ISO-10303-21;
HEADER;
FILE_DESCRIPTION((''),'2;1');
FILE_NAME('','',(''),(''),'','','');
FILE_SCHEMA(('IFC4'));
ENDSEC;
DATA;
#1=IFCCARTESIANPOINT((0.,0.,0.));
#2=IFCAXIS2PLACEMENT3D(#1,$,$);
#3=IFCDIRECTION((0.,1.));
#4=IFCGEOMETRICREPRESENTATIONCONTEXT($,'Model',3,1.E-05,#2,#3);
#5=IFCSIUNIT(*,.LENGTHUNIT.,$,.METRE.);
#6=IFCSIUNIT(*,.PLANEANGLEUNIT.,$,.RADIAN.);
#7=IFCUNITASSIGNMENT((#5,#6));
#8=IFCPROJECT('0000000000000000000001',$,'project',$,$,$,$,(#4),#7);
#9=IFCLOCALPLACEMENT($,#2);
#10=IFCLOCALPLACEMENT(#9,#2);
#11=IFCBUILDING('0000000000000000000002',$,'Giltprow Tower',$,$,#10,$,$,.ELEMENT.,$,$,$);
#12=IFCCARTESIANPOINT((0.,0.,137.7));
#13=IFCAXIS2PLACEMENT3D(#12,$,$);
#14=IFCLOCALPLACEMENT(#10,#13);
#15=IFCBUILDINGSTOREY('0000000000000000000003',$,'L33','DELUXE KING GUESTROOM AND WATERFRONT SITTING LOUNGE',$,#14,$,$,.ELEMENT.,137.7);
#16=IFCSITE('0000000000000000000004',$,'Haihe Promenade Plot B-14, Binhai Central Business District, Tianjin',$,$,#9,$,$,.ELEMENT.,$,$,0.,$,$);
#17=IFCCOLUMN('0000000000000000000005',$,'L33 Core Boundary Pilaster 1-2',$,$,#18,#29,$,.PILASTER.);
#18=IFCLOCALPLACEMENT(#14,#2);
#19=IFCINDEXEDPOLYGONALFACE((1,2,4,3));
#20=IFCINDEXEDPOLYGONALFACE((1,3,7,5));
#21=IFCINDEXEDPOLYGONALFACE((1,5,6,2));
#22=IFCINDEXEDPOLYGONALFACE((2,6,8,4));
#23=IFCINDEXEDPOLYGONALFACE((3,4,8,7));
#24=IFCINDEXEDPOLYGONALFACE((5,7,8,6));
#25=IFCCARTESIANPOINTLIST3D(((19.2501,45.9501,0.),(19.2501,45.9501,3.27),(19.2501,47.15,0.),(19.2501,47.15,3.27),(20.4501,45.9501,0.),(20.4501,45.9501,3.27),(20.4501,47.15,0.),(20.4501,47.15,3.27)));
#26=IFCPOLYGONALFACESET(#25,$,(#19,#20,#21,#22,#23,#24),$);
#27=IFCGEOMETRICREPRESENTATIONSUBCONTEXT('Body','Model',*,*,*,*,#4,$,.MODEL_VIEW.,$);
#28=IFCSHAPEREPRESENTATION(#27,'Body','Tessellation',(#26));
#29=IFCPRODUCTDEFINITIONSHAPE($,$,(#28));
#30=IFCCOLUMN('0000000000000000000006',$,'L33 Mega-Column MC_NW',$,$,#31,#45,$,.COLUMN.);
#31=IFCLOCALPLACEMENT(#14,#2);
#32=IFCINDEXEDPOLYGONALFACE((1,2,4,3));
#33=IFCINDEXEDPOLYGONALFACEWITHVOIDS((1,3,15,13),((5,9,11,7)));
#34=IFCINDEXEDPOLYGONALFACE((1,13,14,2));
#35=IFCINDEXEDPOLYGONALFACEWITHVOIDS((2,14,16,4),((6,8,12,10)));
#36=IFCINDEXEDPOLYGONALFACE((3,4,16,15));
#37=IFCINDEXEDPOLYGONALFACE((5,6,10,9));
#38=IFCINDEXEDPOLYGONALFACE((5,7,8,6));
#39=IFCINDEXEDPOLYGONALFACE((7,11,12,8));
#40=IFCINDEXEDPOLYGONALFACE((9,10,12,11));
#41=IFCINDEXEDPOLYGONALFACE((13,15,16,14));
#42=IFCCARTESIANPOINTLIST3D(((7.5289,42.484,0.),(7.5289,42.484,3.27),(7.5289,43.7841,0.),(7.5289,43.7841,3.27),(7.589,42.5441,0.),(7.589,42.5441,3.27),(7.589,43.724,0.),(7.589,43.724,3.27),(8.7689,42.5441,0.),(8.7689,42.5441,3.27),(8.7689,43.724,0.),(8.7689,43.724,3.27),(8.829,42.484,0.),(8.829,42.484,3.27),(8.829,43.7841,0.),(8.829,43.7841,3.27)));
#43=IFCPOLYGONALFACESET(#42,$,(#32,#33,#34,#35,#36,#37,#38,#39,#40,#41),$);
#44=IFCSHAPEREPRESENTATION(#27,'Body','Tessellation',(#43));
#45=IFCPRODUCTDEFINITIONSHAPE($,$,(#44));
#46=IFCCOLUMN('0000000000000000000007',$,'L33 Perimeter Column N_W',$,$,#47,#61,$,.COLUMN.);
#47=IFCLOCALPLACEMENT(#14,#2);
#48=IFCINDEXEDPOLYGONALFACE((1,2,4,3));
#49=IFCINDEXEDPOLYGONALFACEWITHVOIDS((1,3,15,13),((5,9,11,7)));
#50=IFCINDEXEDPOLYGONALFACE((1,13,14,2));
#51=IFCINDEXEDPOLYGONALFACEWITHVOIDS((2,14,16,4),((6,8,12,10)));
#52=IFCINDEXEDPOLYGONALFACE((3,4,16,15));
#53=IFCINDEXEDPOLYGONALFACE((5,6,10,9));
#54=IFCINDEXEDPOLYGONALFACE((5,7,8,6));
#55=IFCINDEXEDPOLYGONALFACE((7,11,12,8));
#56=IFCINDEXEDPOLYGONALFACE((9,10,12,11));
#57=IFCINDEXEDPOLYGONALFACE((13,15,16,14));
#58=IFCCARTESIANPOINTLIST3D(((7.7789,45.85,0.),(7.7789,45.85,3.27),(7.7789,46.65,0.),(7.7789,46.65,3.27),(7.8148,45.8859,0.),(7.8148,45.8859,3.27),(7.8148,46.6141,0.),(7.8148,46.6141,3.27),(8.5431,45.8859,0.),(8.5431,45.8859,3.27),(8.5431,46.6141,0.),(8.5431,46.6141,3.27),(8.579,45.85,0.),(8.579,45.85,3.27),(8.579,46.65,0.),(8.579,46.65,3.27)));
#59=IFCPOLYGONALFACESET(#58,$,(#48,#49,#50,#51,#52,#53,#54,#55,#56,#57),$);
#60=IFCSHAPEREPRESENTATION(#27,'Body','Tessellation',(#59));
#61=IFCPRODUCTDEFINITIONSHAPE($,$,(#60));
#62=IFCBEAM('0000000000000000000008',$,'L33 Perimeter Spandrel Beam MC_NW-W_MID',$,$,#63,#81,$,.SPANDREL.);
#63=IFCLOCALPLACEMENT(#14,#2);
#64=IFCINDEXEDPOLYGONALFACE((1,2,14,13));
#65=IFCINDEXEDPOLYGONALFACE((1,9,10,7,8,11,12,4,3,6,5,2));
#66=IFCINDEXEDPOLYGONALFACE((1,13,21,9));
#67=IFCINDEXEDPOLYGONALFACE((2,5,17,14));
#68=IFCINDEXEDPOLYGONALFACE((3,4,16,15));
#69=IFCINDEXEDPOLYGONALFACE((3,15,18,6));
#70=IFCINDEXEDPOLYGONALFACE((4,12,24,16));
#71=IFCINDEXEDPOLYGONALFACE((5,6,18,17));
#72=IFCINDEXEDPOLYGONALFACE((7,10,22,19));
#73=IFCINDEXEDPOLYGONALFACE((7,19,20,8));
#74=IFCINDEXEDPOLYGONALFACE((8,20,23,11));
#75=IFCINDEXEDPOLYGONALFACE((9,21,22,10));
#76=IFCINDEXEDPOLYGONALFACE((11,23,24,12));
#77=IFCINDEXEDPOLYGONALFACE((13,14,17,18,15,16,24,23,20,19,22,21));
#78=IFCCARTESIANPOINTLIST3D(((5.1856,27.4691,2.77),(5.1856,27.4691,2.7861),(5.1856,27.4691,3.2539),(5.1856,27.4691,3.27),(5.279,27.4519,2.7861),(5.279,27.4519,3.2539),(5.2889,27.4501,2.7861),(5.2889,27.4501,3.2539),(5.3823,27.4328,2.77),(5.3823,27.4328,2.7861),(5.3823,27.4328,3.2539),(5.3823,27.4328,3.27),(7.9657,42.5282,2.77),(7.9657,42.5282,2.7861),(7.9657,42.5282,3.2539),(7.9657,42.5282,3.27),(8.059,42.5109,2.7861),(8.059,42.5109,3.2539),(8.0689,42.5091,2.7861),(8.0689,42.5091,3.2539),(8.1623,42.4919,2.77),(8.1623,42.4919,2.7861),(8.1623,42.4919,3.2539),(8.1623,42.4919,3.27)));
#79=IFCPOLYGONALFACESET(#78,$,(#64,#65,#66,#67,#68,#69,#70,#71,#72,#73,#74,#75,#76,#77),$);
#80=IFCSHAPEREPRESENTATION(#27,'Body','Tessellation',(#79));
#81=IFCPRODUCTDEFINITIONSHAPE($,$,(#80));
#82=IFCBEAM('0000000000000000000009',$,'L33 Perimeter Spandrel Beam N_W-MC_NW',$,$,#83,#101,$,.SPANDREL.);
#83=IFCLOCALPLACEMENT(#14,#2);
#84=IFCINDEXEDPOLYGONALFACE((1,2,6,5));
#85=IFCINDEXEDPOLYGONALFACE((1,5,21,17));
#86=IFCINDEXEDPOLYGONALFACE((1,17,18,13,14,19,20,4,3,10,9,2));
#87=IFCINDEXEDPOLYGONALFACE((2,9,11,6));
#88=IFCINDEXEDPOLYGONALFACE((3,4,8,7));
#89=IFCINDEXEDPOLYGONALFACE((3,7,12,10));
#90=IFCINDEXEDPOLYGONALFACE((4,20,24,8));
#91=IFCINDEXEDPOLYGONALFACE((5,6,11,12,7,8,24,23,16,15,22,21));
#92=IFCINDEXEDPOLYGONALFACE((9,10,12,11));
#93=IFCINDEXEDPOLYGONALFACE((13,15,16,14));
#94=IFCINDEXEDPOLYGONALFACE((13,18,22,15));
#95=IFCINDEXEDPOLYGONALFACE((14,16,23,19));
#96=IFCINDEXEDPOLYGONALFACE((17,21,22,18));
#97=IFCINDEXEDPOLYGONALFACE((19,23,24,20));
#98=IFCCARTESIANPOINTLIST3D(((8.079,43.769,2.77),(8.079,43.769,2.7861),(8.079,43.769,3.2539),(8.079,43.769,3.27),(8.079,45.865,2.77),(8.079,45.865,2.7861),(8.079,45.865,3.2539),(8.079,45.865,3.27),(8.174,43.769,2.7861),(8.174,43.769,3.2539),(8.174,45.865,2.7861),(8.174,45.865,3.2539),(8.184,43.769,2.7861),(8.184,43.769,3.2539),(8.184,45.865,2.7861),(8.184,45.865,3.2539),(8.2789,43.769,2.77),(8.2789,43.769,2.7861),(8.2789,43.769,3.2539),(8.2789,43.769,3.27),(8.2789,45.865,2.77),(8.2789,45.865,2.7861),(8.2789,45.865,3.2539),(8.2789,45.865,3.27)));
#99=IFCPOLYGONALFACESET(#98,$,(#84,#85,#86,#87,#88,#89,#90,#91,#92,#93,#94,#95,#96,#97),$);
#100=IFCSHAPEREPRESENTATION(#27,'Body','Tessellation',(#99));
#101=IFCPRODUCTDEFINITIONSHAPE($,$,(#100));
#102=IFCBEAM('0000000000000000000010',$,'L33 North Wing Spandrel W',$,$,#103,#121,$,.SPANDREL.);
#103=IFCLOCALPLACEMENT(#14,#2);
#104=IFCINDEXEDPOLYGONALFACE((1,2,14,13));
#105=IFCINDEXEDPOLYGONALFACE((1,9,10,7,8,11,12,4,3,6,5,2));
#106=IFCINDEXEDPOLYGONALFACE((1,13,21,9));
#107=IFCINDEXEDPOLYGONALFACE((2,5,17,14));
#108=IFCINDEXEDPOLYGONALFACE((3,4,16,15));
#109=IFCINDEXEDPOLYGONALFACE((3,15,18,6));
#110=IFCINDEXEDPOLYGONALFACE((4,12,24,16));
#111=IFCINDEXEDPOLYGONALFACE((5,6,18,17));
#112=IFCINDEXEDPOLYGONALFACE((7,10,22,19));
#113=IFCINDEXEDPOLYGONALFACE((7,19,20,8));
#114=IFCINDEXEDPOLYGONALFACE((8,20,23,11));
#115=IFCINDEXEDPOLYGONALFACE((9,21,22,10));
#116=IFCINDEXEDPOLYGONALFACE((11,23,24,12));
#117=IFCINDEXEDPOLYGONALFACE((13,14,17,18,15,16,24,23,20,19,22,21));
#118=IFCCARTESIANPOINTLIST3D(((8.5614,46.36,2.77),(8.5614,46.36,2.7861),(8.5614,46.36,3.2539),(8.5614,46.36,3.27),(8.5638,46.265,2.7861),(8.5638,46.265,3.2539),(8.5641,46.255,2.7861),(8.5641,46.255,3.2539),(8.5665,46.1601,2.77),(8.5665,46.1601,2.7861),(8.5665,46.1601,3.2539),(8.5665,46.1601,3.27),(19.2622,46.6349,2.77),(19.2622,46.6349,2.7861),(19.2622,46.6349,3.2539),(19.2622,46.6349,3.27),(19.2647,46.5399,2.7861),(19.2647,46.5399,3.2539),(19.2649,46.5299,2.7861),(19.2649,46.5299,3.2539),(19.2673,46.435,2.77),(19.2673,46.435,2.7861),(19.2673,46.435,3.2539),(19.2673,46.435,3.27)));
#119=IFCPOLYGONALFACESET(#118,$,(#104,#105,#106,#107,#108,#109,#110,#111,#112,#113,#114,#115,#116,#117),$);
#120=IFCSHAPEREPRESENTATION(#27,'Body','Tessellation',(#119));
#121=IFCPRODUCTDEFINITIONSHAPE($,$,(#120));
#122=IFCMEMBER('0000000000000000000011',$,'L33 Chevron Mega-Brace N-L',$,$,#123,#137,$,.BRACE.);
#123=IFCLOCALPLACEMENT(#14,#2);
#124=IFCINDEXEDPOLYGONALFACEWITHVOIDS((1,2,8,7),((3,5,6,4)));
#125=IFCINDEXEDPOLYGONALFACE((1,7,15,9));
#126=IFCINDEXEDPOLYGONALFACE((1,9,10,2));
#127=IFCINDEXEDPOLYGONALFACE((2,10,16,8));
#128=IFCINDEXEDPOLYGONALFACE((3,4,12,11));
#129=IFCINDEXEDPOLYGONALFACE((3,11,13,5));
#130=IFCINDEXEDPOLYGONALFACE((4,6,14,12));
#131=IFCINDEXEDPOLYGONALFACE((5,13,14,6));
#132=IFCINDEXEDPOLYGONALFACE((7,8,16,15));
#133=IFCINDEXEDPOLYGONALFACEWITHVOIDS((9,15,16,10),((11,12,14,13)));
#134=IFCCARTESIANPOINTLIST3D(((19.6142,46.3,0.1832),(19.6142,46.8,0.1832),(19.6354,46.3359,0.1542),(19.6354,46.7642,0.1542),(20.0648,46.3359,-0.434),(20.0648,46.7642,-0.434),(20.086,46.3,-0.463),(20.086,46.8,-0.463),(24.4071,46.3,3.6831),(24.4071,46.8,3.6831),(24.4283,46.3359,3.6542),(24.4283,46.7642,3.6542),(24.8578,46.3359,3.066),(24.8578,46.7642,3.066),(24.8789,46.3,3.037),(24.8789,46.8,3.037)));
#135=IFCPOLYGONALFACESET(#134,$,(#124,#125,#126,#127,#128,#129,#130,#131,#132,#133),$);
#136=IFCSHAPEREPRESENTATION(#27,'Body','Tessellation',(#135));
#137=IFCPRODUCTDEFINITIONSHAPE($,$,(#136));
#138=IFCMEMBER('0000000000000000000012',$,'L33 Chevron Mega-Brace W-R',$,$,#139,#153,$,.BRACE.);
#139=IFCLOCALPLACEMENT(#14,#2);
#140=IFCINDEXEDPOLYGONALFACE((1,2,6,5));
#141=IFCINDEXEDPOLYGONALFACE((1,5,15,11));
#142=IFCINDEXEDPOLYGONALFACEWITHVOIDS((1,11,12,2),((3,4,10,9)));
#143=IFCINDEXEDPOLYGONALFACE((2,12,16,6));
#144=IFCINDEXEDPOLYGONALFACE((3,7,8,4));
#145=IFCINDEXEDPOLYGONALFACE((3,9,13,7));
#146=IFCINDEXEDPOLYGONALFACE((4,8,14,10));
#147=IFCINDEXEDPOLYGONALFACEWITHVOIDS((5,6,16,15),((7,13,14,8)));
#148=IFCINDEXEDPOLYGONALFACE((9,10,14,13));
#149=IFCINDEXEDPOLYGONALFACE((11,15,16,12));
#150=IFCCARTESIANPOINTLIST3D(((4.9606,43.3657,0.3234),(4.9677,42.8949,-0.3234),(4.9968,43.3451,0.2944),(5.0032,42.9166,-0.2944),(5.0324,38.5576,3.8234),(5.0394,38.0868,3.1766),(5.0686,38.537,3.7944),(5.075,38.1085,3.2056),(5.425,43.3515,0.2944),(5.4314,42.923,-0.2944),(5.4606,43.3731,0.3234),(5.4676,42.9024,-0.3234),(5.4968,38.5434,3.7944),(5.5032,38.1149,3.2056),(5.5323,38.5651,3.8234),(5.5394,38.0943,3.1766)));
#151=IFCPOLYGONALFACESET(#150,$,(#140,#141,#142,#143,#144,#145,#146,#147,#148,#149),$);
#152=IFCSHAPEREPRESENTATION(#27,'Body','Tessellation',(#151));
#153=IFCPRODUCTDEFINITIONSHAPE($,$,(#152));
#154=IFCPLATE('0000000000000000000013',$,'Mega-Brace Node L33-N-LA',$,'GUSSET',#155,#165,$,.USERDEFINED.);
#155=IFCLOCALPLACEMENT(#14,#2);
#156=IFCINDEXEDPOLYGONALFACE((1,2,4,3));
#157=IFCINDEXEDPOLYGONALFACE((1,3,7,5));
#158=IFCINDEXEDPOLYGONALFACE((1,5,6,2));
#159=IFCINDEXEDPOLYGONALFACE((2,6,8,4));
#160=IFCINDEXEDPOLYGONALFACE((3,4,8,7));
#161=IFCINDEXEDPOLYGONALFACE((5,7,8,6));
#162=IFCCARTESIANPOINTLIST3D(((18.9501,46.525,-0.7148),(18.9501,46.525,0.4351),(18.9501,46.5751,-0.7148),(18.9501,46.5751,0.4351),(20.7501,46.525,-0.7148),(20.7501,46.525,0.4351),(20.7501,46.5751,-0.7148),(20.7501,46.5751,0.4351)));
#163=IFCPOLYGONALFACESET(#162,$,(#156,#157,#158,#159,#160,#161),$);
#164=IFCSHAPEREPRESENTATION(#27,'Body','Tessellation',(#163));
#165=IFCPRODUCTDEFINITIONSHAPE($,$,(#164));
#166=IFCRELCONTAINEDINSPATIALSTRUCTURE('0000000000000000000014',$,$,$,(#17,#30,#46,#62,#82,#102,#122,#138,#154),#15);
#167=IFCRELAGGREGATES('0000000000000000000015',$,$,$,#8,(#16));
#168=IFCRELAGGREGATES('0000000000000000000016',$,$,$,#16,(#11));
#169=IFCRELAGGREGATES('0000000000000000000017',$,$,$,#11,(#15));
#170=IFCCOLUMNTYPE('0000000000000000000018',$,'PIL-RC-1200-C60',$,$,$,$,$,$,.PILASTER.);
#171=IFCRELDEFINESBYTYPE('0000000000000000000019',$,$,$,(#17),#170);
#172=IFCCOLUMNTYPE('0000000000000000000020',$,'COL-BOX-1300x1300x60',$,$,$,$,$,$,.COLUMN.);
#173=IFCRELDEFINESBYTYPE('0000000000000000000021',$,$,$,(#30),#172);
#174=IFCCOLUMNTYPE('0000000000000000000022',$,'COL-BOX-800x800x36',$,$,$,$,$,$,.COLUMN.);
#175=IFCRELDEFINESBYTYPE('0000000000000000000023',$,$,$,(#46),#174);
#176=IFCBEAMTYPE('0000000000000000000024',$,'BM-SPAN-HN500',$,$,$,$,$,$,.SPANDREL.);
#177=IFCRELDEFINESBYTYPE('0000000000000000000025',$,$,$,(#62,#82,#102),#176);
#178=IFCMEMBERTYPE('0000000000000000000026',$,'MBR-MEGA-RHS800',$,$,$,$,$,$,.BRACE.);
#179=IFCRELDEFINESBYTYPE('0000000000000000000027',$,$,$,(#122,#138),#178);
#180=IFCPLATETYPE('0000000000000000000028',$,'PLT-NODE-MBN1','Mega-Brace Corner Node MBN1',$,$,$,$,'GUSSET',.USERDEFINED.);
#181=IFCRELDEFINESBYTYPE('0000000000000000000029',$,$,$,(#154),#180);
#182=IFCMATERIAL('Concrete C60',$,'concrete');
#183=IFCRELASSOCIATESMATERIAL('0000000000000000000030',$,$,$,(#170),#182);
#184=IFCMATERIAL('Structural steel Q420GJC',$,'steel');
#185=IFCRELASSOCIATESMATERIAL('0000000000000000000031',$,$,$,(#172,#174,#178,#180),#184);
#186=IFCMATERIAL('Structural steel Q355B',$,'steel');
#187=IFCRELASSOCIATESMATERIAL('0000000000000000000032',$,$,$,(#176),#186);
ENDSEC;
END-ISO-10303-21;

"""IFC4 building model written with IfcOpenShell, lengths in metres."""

from ifc_helpers import new_model, si_unit, direction, frame, origin, origin_2d, place, context, subcontext, project, spatial, rectangle, hollow_rectangle, i_section, extrude, source, transform, mapped, material, material_profile, profile_set, type_object, element, save


model = new_model("IFC4")

# Units and contexts
model_context = context("Model", 3, precision=1e-05, world=origin(), true_north=direction((0.0, 1.0)))
body_context = subcontext(model_context, "Body", "Model", "MODEL_VIEW")
ifc_project = project(units=[si_unit("LENGTHUNIT", "METRE"), si_unit("PLANEANGLEUNIT", "RADIAN")], contexts=[model_context])

# Site, building, storey
site_placement = place(None, origin())
site = spatial("IfcSite", under=ifc_project, at=site_placement, Name="Haihe Promenade Plot B-14, Binhai Central Business District, Tianjin", CompositionType="ELEMENT", RefElevation=0.0)
building_placement = place(site_placement, origin())
building = spatial("IfcBuilding", under=site, at=building_placement, Name="Giltprow Tower", CompositionType="ELEMENT")
storey_placement = place(building_placement, frame((0.0, 0.0, 137.7)))
storey = spatial("IfcBuildingStorey", under=building, at=storey_placement, Name="L33", Description="DELUXE KING GUESTROOM AND WATERFRONT SITTING LOUNGE", CompositionType="ELEMENT", Elevation=137.7)

# Columns
ifc_material_1 = material(Name="Concrete C60", Category="concrete")
ifc_material_profile_1 = material_profile(ifc_material_1, rectangle(XDim=1.2, YDim=1.2, at=origin_2d()), Name="RC 1200x1200")
ifc_profile_set_1 = profile_set([ifc_material_profile_1], Name="Concrete C60")
column_type_1 = type_object("IfcColumnType", Name="PIL-RC-1200-C60", PredefinedType="PILASTER", material=ifc_profile_set_1)
shared_shape_1 = source(origin(), body_context, "Body", "SweptSolid", [
    extrude(rectangle(XDim=1.2, YDim=1.2, at=origin_2d()), origin(), (0.0, 0.0, 1.0), 3.27),
])
column_1_placement = place(storey_placement, frame((19.8501, 46.55, 0.0), z_axis=(0.0, 0.0, 1.0), x_axis=(1.0, 0.0, 0.0)))
element("IfcColumn", 1, at=column_1_placement, inside=storey, type_object=column_type_1, Name="L33 Core Boundary Pilaster 1-2", PredefinedType="PILASTER", context=body_context, shape_type="MappedRepresentation", body=[
    mapped(shared_shape_1, transform((0.0, 0.0, 0.0), x_axis=(1.0, 0.0, 0.0), y_axis=(0.0, 1.0, 0.0), z_axis=(0.0, 0.0, 1.0), scale=1.0)),
])
ifc_material_2 = material(Name="Structural steel Q420GJC", Category="steel")
ifc_material_profile_2 = material_profile(ifc_material_2, hollow_rectangle(XDim=1.3, YDim=1.3, WallThickness=0.0601, at=origin_2d()), Name="BOX 1300x1300x60")
ifc_profile_set_2 = profile_set([ifc_material_profile_2], Name="Structural steel Q420GJC")
column_type_2 = type_object("IfcColumnType", Name="COL-BOX-1300x1300x60", PredefinedType="COLUMN", material=ifc_profile_set_2)
shared_shape_2 = source(origin(), body_context, "Body", "SweptSolid", [
    extrude(hollow_rectangle(XDim=1.3, YDim=1.3, WallThickness=0.0601, at=origin_2d()), origin(), (0.0, 0.0, 1.0), 3.27),
])
column_2_placement = place(storey_placement, frame((8.179, 43.134, 0.0), z_axis=(0.0, 0.0, 1.0), x_axis=(1.0, 0.0, 0.0)))
element("IfcColumn", 2, at=column_2_placement, inside=storey, type_object=column_type_2, Name="L33 Mega-Column MC_NW", PredefinedType="COLUMN", context=body_context, shape_type="MappedRepresentation", body=[
    mapped(shared_shape_2, transform((0.0, 0.0, 0.0), x_axis=(1.0, 0.0, 0.0), y_axis=(0.0, 1.0, 0.0), z_axis=(0.0, 0.0, 1.0), scale=1.0)),
])
ifc_material_profile_3 = material_profile(ifc_material_2, hollow_rectangle(XDim=0.8, YDim=0.8, WallThickness=0.0359, at=origin_2d()), Name="BOX 800x800x36")
ifc_profile_set_3 = profile_set([ifc_material_profile_3], Name="Structural steel Q420GJC")
column_type_3 = type_object("IfcColumnType", Name="COL-BOX-800x800x36", PredefinedType="COLUMN", material=ifc_profile_set_3)
shared_shape_3 = source(origin(), body_context, "Body", "SweptSolid", [
    extrude(hollow_rectangle(XDim=0.8, YDim=0.8, WallThickness=0.0359, at=origin_2d()), origin(), (0.0, 0.0, 1.0), 3.27),
])
column_3_placement = place(storey_placement, frame((8.179, 46.25, 0.0), z_axis=(0.0, 0.0, 1.0), x_axis=(1.0, 0.0, 0.0)))
element("IfcColumn", 3, at=column_3_placement, inside=storey, type_object=column_type_3, Name="L33 Perimeter Column N_W", PredefinedType="COLUMN", context=body_context, shape_type="MappedRepresentation", body=[
    mapped(shared_shape_3, transform((0.0, 0.0, 0.0), x_axis=(1.0, 0.0, 0.0), y_axis=(0.0, 1.0, 0.0), z_axis=(0.0, 0.0, 1.0), scale=1.0)),
])

# Beams
ifc_material_3 = material(Name="Structural steel Q355B", Category="steel")
ifc_material_profile_4 = material_profile(ifc_material_3, i_section(OverallWidth=0.2, OverallDepth=0.5, WebThickness=0.01, FlangeThickness=0.0161, at=origin_2d()), Name="HN 500x200x10x16")
ifc_profile_set_4 = profile_set([ifc_material_profile_4], Name="Structural steel Q355B")
beam_type = type_object("IfcBeamType", Name="BM-SPAN-HN500", PredefinedType="SPANDREL", material=ifc_profile_set_4)
shared_shape_4 = source(origin(), body_context, "Body", "SweptSolid", [
    extrude(i_section(OverallWidth=0.2, OverallDepth=0.5, WebThickness=0.01, FlangeThickness=0.0161, at=origin_2d()), origin(), (0.0, 0.0, 1.0), 15.3135),
])
beam_1_placement = place(storey_placement, frame((8.064, 42.51, 3.02), z_axis=(-0.181541, -0.983383, 0.0), x_axis=(0.983383, -0.181541, 0.0)))
element("IfcBeam", 4, at=beam_1_placement, inside=storey, type_object=beam_type, Name="L33 Perimeter Spandrel Beam MC_NW-W_MID", PredefinedType="SPANDREL", context=body_context, shape_type="MappedRepresentation", body=[
    mapped(shared_shape_4, transform((0.0, 0.0, 0.0), x_axis=(1.0, 0.0, 0.0), y_axis=(0.0, 1.0, 0.0), z_axis=(0.0, 0.0, 1.0), scale=1.0)),
])
shared_shape_5 = source(origin(), body_context, "Body", "SweptSolid", [
    extrude(i_section(OverallWidth=0.2, OverallDepth=0.5, WebThickness=0.01, FlangeThickness=0.0161, at=origin_2d()), origin(), (0.0, 0.0, 1.0), 2.0959),
])
beam_2_placement = place(storey_placement, frame((8.179, 45.865, 3.02), z_axis=(0.0, -1.0, 0.0), x_axis=(1.0, 0.0, 0.0)))
element("IfcBeam", 5, at=beam_2_placement, inside=storey, type_object=beam_type, Name="L33 Perimeter Spandrel Beam N_W-MC_NW", PredefinedType="SPANDREL", context=body_context, shape_type="MappedRepresentation", body=[
    mapped(shared_shape_5, transform((0.0, 0.0, 0.0), x_axis=(1.0, 0.0, 0.0), y_axis=(0.0, 1.0, 0.0), z_axis=(0.0, 0.0, 1.0), scale=1.0)),
])
shared_shape_6 = source(origin(), body_context, "Body", "SweptSolid", [
    extrude(i_section(OverallWidth=0.2, OverallDepth=0.5, WebThickness=0.01, FlangeThickness=0.0161, at=origin_2d()), origin(), (0.0, 0.0, 1.0), 10.7043),
])
beam_3_placement = place(storey_placement, frame((8.564, 46.26, 3.02), z_axis=(0.99967, 0.025681, 0.0), x_axis=(-0.025681, 0.99967, 0.0)))
element("IfcBeam", 6, at=beam_3_placement, inside=storey, type_object=beam_type, Name="L33 North Wing Spandrel W", PredefinedType="SPANDREL", context=body_context, shape_type="MappedRepresentation", body=[
    mapped(shared_shape_6, transform((0.0, 0.0, 0.0), x_axis=(1.0, 0.0, 0.0), y_axis=(0.0, 1.0, 0.0), z_axis=(0.0, 0.0, 1.0), scale=1.0)),
])

# Members
ifc_material_profile_5 = material_profile(ifc_material_2, hollow_rectangle(XDim=0.5, YDim=0.8, WallThickness=0.0359, at=origin_2d()), Name="RHS 800x500x36")
ifc_profile_set_5 = profile_set([ifc_material_profile_5], Name="Structural steel Q420GJC")
member_type = type_object("IfcMemberType", Name="MBR-MEGA-RHS800", PredefinedType="BRACE", material=ifc_profile_set_5)
shared_shape_7 = source(origin(), body_context, "Body", "SweptSolid", [
    extrude(hollow_rectangle(XDim=0.5, YDim=0.8, WallThickness=0.0359, at=origin_2d()), origin(), (0.0, 0.0, 1.0), 5.9348),
])
member_1_placement = place(storey_placement, frame((19.8501, 46.55, -0.1399), z_axis=(0.807596, 0.0, 0.589736), x_axis=(0.0, 1.0, 0.0)))
element("IfcMember", 7, at=member_1_placement, inside=storey, type_object=member_type, Name="L33 Chevron Mega-Brace N-L", PredefinedType="BRACE", context=body_context, shape_type="MappedRepresentation", body=[
    mapped(shared_shape_7, transform((0.0, 0.0, 0.0), x_axis=(1.0, 0.0, 0.0), y_axis=(0.0, 1.0, 0.0), z_axis=(0.0, 0.0, 1.0), scale=1.0)),
])
shared_shape_8 = source(origin(), body_context, "Body", "SweptSolid", [
    extrude(hollow_rectangle(XDim=0.5, YDim=0.8, WallThickness=0.0359, at=origin_2d()), origin(), (0.0, 0.0, 1.0), 5.9475),
])
member_2_placement = place(storey_placement, frame((5.2141, 43.134, 0.0), z_axis=(0.012068, -0.808421, 0.58848), x_axis=(0.999889, 0.014927, 0.0)))
element("IfcMember", 8, at=member_2_placement, inside=storey, type_object=member_type, Name="L33 Chevron Mega-Brace W-R", PredefinedType="BRACE", context=body_context, shape_type="MappedRepresentation", body=[
    mapped(shared_shape_8, transform((0.0, 0.0, 0.0), x_axis=(1.0, 0.0, 0.0), y_axis=(0.0, 1.0, 0.0), z_axis=(0.0, 0.0, 1.0), scale=1.0)),
])

# Plate
plate_type_1 = type_object("IfcPlateType", Name="PLT-NODE-MBN1", Description="Mega-Brace Corner Node MBN1", ElementType="GUSSET", PredefinedType="USERDEFINED", material=ifc_material_2)
shared_shape_9 = source(origin(), body_context, "Body", "SweptSolid", [
    extrude(rectangle(XDim=1.8, YDim=0.05, at=origin_2d()), origin(), (0.0, 0.0, 1.0), 1.1499),
])
for number, where, z_axis, x_axis, name in (
    (9, (19.8501, 46.55, -0.7148), (0.0, 0.0, 1.0), (1.0, 0.0, 0.0), "Mega-Brace Node L33-N-LA"),
):
    element("IfcPlate", number, at=place(storey_placement, frame(where, z_axis=z_axis, x_axis=x_axis)), inside=storey, type_object=plate_type_1, Name=name, ObjectType="GUSSET", PredefinedType="USERDEFINED", context=body_context, shape_type="MappedRepresentation", body=[
        mapped(shared_shape_9, transform((0.0, 0.0, 0.0), x_axis=(1.0, 0.0, 0.0), y_axis=(0.0, 1.0, 0.0), z_axis=(0.0, 0.0, 1.0), scale=1.0)),
    ])

save(model, "model.ifc")
